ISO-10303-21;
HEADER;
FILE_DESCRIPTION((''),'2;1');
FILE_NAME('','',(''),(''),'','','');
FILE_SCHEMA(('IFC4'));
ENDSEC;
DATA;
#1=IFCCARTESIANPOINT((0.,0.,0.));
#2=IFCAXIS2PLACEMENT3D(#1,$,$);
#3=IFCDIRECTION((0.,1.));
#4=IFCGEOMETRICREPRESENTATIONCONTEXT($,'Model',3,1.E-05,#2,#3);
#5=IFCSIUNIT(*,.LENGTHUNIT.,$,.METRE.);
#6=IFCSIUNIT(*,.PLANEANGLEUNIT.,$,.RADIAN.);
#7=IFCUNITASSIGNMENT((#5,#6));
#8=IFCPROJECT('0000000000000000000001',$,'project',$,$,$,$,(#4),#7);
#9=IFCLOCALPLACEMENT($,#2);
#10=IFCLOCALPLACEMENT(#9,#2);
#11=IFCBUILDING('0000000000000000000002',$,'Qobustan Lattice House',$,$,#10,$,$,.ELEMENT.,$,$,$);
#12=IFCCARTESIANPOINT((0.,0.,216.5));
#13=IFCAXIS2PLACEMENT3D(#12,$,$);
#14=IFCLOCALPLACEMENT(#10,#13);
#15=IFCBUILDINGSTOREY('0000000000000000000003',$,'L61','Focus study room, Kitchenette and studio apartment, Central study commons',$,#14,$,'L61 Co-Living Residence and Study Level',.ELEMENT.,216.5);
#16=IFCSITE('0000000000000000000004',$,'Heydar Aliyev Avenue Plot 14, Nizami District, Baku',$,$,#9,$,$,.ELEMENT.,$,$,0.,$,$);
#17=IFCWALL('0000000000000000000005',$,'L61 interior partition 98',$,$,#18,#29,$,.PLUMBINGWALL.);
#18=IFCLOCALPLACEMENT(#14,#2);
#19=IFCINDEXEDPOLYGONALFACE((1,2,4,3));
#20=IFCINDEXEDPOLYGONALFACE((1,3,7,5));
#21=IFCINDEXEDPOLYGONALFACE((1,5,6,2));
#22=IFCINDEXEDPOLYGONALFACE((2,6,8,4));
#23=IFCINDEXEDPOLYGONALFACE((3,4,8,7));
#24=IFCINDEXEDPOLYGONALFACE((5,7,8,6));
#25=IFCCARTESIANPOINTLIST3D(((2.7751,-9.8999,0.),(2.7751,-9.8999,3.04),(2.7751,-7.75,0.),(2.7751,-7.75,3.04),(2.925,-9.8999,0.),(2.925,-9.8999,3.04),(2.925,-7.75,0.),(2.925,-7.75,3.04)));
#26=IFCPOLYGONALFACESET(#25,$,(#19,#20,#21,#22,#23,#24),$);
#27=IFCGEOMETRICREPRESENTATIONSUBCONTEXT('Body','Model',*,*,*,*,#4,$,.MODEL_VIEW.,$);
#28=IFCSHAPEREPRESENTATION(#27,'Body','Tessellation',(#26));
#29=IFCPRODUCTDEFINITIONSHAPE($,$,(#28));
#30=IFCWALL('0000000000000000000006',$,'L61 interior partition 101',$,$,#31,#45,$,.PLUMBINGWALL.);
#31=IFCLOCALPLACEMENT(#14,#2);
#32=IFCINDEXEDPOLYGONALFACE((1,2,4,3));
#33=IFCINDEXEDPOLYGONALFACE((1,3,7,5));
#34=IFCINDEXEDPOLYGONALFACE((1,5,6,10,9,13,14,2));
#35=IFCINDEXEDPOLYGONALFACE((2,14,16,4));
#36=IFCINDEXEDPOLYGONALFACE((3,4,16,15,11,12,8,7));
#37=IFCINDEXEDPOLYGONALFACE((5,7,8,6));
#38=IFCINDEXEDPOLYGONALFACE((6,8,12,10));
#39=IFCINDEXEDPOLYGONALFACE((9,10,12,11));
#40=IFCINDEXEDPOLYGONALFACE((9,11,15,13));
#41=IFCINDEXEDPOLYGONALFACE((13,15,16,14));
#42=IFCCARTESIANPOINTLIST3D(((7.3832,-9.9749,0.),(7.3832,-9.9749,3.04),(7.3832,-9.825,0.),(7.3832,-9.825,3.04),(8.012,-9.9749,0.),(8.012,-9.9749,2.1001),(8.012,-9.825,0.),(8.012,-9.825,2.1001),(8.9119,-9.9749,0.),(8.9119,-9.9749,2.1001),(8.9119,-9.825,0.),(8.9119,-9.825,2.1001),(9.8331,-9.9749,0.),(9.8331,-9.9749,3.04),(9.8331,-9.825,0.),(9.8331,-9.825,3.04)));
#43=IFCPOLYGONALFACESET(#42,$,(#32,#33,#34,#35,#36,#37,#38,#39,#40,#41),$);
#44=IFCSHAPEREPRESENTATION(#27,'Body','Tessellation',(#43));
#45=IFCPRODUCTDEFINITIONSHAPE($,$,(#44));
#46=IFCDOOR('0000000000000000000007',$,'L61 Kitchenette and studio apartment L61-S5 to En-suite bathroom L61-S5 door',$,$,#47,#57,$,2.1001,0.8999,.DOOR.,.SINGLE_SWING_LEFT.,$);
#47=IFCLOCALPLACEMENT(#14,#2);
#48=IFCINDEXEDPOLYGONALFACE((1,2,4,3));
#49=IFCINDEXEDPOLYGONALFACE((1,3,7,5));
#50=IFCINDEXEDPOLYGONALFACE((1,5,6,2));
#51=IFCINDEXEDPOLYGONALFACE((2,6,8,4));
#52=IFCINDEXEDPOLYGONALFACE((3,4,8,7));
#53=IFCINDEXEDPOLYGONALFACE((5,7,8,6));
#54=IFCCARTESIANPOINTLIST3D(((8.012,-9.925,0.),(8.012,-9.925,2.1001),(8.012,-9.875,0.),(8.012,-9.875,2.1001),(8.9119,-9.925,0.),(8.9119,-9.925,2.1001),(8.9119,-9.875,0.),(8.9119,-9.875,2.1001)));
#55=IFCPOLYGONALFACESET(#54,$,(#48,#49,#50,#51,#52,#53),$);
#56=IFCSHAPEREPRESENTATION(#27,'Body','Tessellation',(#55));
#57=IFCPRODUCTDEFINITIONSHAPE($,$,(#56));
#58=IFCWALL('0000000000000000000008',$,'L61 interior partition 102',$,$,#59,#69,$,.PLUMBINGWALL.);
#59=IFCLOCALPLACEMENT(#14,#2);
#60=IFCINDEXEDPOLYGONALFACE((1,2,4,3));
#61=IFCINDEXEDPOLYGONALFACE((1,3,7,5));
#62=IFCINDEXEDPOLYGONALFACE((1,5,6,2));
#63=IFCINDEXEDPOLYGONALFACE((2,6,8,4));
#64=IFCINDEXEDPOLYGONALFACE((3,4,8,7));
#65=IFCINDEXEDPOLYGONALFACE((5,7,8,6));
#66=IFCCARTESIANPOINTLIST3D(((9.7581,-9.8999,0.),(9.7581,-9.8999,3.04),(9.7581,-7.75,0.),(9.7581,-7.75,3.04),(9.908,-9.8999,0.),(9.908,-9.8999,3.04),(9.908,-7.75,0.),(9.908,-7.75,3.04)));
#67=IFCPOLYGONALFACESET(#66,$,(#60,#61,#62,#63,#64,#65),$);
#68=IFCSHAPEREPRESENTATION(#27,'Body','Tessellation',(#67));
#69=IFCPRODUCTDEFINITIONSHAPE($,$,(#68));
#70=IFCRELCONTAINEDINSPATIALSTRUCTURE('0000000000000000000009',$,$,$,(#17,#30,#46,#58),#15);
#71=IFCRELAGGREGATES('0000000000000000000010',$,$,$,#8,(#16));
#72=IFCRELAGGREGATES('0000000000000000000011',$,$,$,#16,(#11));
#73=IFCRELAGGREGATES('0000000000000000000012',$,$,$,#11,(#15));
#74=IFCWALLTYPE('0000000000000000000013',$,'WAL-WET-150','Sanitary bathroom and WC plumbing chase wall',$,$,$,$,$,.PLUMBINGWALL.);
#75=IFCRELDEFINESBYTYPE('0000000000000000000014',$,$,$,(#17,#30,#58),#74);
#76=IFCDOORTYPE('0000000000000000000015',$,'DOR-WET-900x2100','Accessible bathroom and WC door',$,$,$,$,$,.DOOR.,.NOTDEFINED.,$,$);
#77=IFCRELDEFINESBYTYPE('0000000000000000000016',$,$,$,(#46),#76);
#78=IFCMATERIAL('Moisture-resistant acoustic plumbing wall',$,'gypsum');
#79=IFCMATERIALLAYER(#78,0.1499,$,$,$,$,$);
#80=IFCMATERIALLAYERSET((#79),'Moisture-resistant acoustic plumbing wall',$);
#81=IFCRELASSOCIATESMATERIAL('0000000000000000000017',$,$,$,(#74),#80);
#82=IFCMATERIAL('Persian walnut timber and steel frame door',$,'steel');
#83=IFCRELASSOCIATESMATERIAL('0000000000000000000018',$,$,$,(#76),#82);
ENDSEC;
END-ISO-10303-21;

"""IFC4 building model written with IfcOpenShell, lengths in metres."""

from ifc_helpers import new_model, si_unit, direction, frame, frame_2d, origin, place, context, subcontext, project, spatial, rectangle, extrude, material, layer, layer_set, type_object, element, fill, save


model = new_model("IFC4")

# Units and contexts
model_context = context("Model", 3, precision=1e-05, world=origin(), true_north=direction((0.0, 1.0)))
body_context = subcontext(model_context, "Body", "Model", "MODEL_VIEW")
ifc_project = project(units=[si_unit("LENGTHUNIT", "METRE"), si_unit("PLANEANGLEUNIT", "RADIAN")], contexts=[model_context])

# Site, building, storey
site_placement = place(None, origin())
site = spatial("IfcSite", under=ifc_project, at=site_placement, Name="Heydar Aliyev Avenue Plot 14, Nizami District, Baku", CompositionType="ELEMENT", RefElevation=0.0)
building_placement = place(site_placement, origin())
building = spatial("IfcBuilding", under=site, at=building_placement, Name="Qobustan Lattice House", CompositionType="ELEMENT")
storey_placement = place(building_placement, frame((0.0, 0.0, 216.5)))
storey = spatial("IfcBuildingStorey", under=building, at=storey_placement, Name="L61", Description="Focus study room, Kitchenette and studio apartment, Central study commons", LongName="L61 Co-Living Residence and Study Level", CompositionType="ELEMENT", Elevation=216.5)

# Shared definitions
ifc_material_1 = material(Name="Moisture-resistant acoustic plumbing wall", Category="gypsum")
ifc_layer_1 = layer(ifc_material_1, 0.1499)
ifc_layer_set_1 = layer_set([ifc_layer_1], Name="Moisture-resistant acoustic plumbing wall")
wall_type_1 = type_object("IfcWallType", Name="WAL-WET-150", Description="Sanitary bathroom and WC plumbing chase wall", PredefinedType="PLUMBINGWALL", material=ifc_layer_set_1)

# Shared definitions
ifc_material_2 = material(Name="Persian walnut timber and steel frame door", Category="steel")
door_type_1 = type_object("IfcDoorType", Name="DOR-WET-900x2100", Description="Accessible bathroom and WC door", OperationType="NOTDEFINED", PredefinedType="DOOR", material=ifc_material_2)

# Wall
wall_1_placement = place(storey_placement, frame((2.8501, -9.8999, 0.0), z_axis=(0.0, 0.0, 1.0), x_axis=(0.0, 1.0, 0.0)))
element("IfcWall", 1, at=wall_1_placement, inside=storey, type_object=wall_type_1, Name="L61 interior partition 98", PredefinedType="PLUMBINGWALL", context=body_context, shape_type="SweptSolid", body=[
    extrude(rectangle(XDim=2.1499, YDim=0.1499, at=frame_2d((1.075, 0.0))), origin(), (0.0, 0.0, 1.0), 3.04),
])

# Wall, opening, door
wall_2_placement = place(storey_placement, frame((7.3831, -9.8999, 0.0), z_axis=(0.0, 0.0, 1.0), x_axis=(1.0, 0.0, 0.0)))
wall_2 = element("IfcWall", 2, at=wall_2_placement, inside=storey, type_object=wall_type_1, Name="L61 interior partition 101", PredefinedType="PLUMBINGWALL", context=body_context, shape_type="SweptSolid", body=[
    extrude(rectangle(XDim=2.45, YDim=0.1499, at=frame_2d((1.2251, 0.0))), origin(), (0.0, 0.0, 1.0), 3.04),
])
opening_1_placement = place(wall_2_placement, frame((0.6289, 0.0, 0.0)))
opening_1 = element("IfcOpeningElement", 3, at=opening_1_placement, cuts=wall_2, PredefinedType="OPENING", context=body_context, shape_type="SweptSolid", body=[
    extrude(rectangle(XDim=0.8999, YDim=2.1001, at=frame_2d((0.45, 1.05))), frame((0.0, 0.085, 0.0), z_axis=(0.0, -1.0, 0.0), x_axis=(1.0, 0.0, 0.0)), (0.0, 0.0, 1.0), 0.1699),
])
door_1_placement = place(opening_1_placement, origin())
door_1 = element("IfcDoor", 4, at=door_1_placement, inside=storey, type_object=door_type_1, Name="L61 Kitchenette and studio apartment L61-S5 to En-suite bathroom L61-S5 door", OperationType="SINGLE_SWING_LEFT", OverallHeight=2.1001, OverallWidth=0.8999, PredefinedType="DOOR", context=body_context, shape_type="SweptSolid", body=[
    extrude(rectangle(XDim=0.8999, YDim=2.1001, at=frame_2d((0.45, 1.05))), frame((0.0, 0.0249, 0.0), z_axis=(0.0, -1.0, 0.0), x_axis=(1.0, 0.0, 0.0)), (0.0, 0.0, 1.0), 0.05),
])
fill(opening_1, door_1)

# Wall
wall_3_placement = place(storey_placement, frame((9.833, -9.8999, 0.0), z_axis=(0.0, 0.0, 1.0), x_axis=(0.0, 1.0, 0.0)))
element("IfcWall", 5, at=wall_3_placement, inside=storey, type_object=wall_type_1, Name="L61 interior partition 102", PredefinedType="PLUMBINGWALL", context=body_context, shape_type="SweptSolid", body=[
    extrude(rectangle(XDim=2.1499, YDim=0.1499, at=frame_2d((1.075, 0.0))), origin(), (0.0, 0.0, 1.0), 3.04),
])

save(model, "model.ifc")
